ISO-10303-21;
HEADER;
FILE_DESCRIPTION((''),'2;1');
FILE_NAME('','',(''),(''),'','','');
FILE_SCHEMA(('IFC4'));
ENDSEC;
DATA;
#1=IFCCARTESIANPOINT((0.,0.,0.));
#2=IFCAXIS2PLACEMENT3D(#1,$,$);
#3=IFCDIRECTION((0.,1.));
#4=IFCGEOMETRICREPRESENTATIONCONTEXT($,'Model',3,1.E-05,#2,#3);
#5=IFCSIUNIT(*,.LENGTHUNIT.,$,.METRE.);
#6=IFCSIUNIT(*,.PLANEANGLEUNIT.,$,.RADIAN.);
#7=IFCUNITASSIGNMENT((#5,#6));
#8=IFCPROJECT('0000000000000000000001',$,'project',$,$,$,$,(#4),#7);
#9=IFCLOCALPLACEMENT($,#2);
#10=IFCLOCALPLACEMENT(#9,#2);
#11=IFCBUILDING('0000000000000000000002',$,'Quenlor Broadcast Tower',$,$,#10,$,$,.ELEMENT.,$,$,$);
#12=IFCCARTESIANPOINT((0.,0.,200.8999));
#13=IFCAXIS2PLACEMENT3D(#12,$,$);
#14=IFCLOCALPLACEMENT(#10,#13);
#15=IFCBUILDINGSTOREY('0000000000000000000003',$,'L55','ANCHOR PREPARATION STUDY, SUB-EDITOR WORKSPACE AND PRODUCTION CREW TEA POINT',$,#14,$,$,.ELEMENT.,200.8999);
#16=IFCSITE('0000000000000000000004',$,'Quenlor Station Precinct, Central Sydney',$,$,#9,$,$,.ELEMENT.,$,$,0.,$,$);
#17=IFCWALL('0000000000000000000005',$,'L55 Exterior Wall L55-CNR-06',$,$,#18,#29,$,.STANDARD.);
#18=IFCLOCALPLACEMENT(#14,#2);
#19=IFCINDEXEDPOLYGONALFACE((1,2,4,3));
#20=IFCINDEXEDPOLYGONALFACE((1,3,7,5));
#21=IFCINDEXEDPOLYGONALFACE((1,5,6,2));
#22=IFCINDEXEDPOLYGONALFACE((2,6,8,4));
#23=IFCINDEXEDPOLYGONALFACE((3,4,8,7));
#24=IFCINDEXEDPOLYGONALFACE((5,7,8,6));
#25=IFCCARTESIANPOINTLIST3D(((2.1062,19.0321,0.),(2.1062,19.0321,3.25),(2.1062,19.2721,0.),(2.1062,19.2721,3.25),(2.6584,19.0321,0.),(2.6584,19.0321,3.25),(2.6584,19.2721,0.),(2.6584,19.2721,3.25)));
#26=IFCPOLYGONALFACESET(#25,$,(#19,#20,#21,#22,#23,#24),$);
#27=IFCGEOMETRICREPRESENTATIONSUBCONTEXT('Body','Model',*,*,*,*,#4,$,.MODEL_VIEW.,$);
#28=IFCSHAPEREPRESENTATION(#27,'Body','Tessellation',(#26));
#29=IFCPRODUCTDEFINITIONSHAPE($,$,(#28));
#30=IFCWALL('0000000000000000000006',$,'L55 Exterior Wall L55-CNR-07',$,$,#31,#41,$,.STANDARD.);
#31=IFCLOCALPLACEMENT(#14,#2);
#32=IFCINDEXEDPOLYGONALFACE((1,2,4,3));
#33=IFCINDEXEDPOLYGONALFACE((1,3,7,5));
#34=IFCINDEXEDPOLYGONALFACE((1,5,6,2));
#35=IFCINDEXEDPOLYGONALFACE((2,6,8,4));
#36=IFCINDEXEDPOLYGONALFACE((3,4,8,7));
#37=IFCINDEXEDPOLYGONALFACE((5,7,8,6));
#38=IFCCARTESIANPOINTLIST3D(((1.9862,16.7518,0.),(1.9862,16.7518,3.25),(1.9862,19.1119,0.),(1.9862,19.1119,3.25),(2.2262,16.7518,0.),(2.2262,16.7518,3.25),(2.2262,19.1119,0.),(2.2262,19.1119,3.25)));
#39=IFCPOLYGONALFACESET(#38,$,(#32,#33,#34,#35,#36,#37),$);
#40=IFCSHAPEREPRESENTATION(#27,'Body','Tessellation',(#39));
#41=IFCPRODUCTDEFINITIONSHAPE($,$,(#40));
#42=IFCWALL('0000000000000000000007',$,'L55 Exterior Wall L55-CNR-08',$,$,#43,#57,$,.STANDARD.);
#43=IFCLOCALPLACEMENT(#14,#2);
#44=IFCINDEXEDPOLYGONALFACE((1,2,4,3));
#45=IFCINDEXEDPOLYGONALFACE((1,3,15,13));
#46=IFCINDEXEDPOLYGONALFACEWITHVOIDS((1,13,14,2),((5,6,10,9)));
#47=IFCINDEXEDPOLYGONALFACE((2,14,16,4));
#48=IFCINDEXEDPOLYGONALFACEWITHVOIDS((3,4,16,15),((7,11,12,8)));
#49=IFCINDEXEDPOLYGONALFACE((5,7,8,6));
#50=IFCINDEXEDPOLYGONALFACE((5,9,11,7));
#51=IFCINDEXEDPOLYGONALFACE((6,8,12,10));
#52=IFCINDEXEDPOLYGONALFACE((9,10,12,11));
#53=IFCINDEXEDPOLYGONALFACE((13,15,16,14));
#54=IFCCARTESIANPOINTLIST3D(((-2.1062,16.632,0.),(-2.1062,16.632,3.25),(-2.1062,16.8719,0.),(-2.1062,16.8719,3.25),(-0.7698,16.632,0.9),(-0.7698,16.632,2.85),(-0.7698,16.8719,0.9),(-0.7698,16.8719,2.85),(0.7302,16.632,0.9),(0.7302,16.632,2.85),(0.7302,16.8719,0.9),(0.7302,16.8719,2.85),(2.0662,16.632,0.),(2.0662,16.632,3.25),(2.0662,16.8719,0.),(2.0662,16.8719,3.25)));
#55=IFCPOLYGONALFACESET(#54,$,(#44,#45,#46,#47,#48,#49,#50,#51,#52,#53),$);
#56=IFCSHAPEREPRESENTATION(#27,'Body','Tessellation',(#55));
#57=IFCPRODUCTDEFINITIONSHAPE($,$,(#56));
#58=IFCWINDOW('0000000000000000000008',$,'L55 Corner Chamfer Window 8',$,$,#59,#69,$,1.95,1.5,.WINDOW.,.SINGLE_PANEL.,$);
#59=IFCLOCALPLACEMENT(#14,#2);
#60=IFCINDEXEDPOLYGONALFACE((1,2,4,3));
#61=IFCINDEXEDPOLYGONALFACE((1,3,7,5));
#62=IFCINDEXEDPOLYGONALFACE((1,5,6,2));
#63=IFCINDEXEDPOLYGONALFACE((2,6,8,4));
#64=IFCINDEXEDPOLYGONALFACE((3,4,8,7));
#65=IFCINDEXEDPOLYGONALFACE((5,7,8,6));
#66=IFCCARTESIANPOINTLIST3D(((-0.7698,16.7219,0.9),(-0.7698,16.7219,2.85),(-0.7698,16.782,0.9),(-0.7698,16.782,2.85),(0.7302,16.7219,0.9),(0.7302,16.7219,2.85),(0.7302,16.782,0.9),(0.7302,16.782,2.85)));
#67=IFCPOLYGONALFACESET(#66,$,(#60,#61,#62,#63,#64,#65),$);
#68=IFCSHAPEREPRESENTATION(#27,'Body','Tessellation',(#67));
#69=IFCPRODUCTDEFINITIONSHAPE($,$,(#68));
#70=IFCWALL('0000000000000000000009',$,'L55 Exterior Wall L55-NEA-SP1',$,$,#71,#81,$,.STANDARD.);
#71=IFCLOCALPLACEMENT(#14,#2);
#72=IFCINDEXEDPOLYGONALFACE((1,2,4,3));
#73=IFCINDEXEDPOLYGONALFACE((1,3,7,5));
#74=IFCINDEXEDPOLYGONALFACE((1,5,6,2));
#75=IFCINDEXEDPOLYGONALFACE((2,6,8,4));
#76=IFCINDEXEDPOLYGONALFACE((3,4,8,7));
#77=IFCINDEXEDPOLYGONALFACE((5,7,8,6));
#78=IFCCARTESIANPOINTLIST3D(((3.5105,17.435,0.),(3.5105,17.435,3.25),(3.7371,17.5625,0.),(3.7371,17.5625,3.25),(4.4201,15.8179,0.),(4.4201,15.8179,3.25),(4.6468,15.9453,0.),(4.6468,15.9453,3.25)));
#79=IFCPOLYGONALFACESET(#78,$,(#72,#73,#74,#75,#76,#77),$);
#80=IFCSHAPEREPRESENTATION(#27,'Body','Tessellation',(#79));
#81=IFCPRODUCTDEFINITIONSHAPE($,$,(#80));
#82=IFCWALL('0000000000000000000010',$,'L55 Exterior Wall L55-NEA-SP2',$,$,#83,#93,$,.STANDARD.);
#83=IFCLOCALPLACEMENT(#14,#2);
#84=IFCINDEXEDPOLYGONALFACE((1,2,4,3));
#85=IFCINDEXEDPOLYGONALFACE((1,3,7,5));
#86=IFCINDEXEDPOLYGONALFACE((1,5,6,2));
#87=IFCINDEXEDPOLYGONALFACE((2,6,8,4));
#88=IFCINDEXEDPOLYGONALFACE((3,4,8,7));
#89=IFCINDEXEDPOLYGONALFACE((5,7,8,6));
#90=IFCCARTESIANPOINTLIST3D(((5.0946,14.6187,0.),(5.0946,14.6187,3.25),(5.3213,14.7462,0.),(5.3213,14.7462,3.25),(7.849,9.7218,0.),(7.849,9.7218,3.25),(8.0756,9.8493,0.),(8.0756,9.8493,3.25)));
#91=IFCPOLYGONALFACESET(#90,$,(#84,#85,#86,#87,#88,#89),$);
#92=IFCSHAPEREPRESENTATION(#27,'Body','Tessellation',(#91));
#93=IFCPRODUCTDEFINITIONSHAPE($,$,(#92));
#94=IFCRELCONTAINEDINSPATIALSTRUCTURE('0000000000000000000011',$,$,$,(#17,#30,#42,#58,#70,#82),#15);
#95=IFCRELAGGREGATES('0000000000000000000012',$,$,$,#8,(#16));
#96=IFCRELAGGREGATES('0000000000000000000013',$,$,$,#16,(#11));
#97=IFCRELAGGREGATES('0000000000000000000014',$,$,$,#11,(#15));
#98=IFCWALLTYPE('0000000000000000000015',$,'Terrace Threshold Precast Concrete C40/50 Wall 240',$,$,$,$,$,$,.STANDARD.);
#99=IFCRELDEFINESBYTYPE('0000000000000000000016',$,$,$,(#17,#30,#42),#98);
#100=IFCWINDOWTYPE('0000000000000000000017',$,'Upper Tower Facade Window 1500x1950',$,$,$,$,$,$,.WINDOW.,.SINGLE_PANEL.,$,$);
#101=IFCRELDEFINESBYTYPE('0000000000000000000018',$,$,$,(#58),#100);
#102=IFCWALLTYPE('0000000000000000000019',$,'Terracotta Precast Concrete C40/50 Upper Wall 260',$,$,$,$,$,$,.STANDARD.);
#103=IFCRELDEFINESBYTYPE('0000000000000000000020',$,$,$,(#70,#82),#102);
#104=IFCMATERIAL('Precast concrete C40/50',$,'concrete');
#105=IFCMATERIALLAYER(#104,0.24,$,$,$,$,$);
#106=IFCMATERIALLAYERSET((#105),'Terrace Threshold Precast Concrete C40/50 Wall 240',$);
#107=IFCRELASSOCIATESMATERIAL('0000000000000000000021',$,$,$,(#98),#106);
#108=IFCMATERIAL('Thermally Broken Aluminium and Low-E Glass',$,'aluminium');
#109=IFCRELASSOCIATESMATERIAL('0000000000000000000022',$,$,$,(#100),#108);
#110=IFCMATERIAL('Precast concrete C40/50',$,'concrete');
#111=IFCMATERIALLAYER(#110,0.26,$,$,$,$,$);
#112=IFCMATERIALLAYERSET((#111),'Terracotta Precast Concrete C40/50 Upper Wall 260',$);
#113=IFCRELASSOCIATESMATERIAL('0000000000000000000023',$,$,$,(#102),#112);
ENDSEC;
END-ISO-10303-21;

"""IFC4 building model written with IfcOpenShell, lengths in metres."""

from ifc_helpers import new_model, si_unit, direction, frame, frame_2d, origin, place, context, subcontext, project, spatial, rectangle, extrude, material, layer, layer_set, type_object, element, fill, save


model = new_model("IFC4")

# Units and contexts
model_context = context("Model", 3, precision=1e-05, world=origin(), true_north=direction((0.0, 1.0)))
body_context = subcontext(model_context, "Body", "Model", "MODEL_VIEW")
ifc_project = project(units=[si_unit("LENGTHUNIT", "METRE"), si_unit("PLANEANGLEUNIT", "RADIAN")], contexts=[model_context])

# Site, building, storey
site_placement = place(None, origin())
site = spatial("IfcSite", under=ifc_project, at=site_placement, Name="Quenlor Station Precinct, Central Sydney", CompositionType="ELEMENT", RefElevation=0.0)
building_placement = place(site_placement, origin())
building = spatial("IfcBuilding", under=site, at=building_placement, Name="Quenlor Broadcast Tower", CompositionType="ELEMENT")
storey_placement = place(building_placement, frame((0.0, 0.0, 200.8999)))
storey = spatial("IfcBuildingStorey", under=building, at=storey_placement, Name="L55", Description="ANCHOR PREPARATION STUDY, SUB-EDITOR WORKSPACE AND PRODUCTION CREW TEA POINT", CompositionType="ELEMENT", Elevation=200.8999)

# Walls
ifc_material_1 = material(Name="Precast concrete C40/50", Category="concrete")
ifc_layer_1 = layer(ifc_material_1, 0.24)
ifc_layer_set_1 = layer_set([ifc_layer_1], Name="Terrace Threshold Precast Concrete C40/50 Wall 240")
wall_type_1 = type_object("IfcWallType", Name="Terrace Threshold Precast Concrete C40/50 Wall 240", PredefinedType="STANDARD", material=ifc_layer_set_1)
wall_1_placement = place(storey_placement, frame((2.6584, 19.1521, 0.0), z_axis=(0.0, 0.0, 1.0), x_axis=(-1.0, 0.0, 0.0)))
element("IfcWall", 1, at=wall_1_placement, inside=storey, type_object=wall_type_1, Name="L55 Exterior Wall L55-CNR-06", PredefinedType="STANDARD", context=body_context, shape_type="SweptSolid", body=[
    extrude(rectangle(XDim=0.5522, YDim=0.24, at=frame_2d((0.2761, 0.0))), origin(), (0.0, 0.0, 1.0), 3.25),
])
wall_2_placement = place(storey_placement, frame((2.1062, 19.1121, 0.0), z_axis=(0.0, 0.0, 1.0), x_axis=(0.0, -1.0, 0.0)))
element("IfcWall", 2, at=wall_2_placement, inside=storey, type_object=wall_type_1, Name="L55 Exterior Wall L55-CNR-07", PredefinedType="STANDARD", context=body_context, shape_type="SweptSolid", body=[
    extrude(rectangle(XDim=2.3601, YDim=0.24, at=frame_2d((1.1802, 0.0))), origin(), (0.0, 0.0, 1.0), 3.25),
])

# Wall, opening, window
wall_3_placement = place(storey_placement, frame((2.0662, 16.752, 0.0), z_axis=(0.0, 0.0, 1.0), x_axis=(-1.0, 0.0, 0.0)))
wall_3 = element("IfcWall", 3, at=wall_3_placement, inside=storey, type_object=wall_type_1, Name="L55 Exterior Wall L55-CNR-08", PredefinedType="STANDARD", context=body_context, shape_type="SweptSolid", body=[
    extrude(rectangle(XDim=4.1724, YDim=0.24, at=frame_2d((2.0862, 0.0))), origin(), (0.0, 0.0, 1.0), 3.25),
])
opening_placement = place(wall_3_placement, frame((1.3359, 0.0, 0.8999)))
opening = element("IfcOpeningElement", 4, at=opening_placement, cuts=wall_3, PredefinedType="OPENING", context=body_context, shape_type="SweptSolid", body=[
    extrude(rectangle(XDim=1.5, YDim=1.95, at=frame_2d((0.75, 0.9751))), frame((0.0, 0.1299, 0.0), z_axis=(0.0, -1.0, 0.0), x_axis=(1.0, 0.0, 0.0)), (0.0, 0.0, 1.0), 0.26),
])
ifc_material_2 = material(Name="Thermally Broken Aluminium and Low-E Glass", Category="aluminium")
window_type = type_object("IfcWindowType", Name="Upper Tower Facade Window 1500x1950", PartitioningType="SINGLE_PANEL", PredefinedType="WINDOW", material=ifc_material_2)
window_placement = place(opening_placement, origin())
window = element("IfcWindow", 5, at=window_placement, inside=storey, type_object=window_type, Name="L55 Corner Chamfer Window 8", OverallHeight=1.95, OverallWidth=1.5, PartitioningType="SINGLE_PANEL", PredefinedType="WINDOW", context=body_context, shape_type="SweptSolid", body=[
    extrude(rectangle(XDim=1.5, YDim=1.95, at=frame_2d((0.75, 0.9751))), frame((0.0, 0.03, 0.0), z_axis=(0.0, -1.0, 0.0), x_axis=(1.0, 0.0, 0.0)), (0.0, 0.0, 1.0), 0.0601),
])
fill(opening, window)

# Walls
ifc_material_3 = material(Name="Precast concrete C40/50", Category="concrete")
ifc_layer_2 = layer(ifc_material_3, 0.26)
ifc_layer_set_2 = layer_set([ifc_layer_2], Name="Terracotta Precast Concrete C40/50 Upper Wall 260")
wall_type_2 = type_object("IfcWallType", Name="Terracotta Precast Concrete C40/50 Upper Wall 260", PredefinedType="STANDARD", material=ifc_layer_set_2)
wall_4_placement = place(storey_placement, frame((3.6238, 17.4988, 0.0), z_axis=(0.0, 0.0, 1.0), x_axis=(0.490261, -0.871576, 0.0)))
element("IfcWall", 6, at=wall_4_placement, inside=storey, type_object=wall_type_2, Name="L55 Exterior Wall L55-NEA-SP1", PredefinedType="STANDARD", context=body_context, shape_type="SweptSolid", body=[
    extrude(rectangle(XDim=1.8555, YDim=0.26, at=frame_2d((0.9277, 0.0))), origin(), (0.0, 0.0, 1.0), 3.25),
])
wall_5_placement = place(storey_placement, frame((5.208, 14.6824, 0.0), z_axis=(0.0, 0.0, 1.0), x_axis=(0.490241, -0.871587, 0.0)))
element("IfcWall", 7, at=wall_5_placement, inside=storey, type_object=wall_type_2, Name="L55 Exterior Wall L55-NEA-SP2", PredefinedType="STANDARD", context=body_context, shape_type="SweptSolid", body=[
    extrude(rectangle(XDim=5.6184, YDim=0.26, at=frame_2d((2.8091, 0.0))), origin(), (0.0, 0.0, 1.0), 3.25),
])

save(model, "model.ifc")
